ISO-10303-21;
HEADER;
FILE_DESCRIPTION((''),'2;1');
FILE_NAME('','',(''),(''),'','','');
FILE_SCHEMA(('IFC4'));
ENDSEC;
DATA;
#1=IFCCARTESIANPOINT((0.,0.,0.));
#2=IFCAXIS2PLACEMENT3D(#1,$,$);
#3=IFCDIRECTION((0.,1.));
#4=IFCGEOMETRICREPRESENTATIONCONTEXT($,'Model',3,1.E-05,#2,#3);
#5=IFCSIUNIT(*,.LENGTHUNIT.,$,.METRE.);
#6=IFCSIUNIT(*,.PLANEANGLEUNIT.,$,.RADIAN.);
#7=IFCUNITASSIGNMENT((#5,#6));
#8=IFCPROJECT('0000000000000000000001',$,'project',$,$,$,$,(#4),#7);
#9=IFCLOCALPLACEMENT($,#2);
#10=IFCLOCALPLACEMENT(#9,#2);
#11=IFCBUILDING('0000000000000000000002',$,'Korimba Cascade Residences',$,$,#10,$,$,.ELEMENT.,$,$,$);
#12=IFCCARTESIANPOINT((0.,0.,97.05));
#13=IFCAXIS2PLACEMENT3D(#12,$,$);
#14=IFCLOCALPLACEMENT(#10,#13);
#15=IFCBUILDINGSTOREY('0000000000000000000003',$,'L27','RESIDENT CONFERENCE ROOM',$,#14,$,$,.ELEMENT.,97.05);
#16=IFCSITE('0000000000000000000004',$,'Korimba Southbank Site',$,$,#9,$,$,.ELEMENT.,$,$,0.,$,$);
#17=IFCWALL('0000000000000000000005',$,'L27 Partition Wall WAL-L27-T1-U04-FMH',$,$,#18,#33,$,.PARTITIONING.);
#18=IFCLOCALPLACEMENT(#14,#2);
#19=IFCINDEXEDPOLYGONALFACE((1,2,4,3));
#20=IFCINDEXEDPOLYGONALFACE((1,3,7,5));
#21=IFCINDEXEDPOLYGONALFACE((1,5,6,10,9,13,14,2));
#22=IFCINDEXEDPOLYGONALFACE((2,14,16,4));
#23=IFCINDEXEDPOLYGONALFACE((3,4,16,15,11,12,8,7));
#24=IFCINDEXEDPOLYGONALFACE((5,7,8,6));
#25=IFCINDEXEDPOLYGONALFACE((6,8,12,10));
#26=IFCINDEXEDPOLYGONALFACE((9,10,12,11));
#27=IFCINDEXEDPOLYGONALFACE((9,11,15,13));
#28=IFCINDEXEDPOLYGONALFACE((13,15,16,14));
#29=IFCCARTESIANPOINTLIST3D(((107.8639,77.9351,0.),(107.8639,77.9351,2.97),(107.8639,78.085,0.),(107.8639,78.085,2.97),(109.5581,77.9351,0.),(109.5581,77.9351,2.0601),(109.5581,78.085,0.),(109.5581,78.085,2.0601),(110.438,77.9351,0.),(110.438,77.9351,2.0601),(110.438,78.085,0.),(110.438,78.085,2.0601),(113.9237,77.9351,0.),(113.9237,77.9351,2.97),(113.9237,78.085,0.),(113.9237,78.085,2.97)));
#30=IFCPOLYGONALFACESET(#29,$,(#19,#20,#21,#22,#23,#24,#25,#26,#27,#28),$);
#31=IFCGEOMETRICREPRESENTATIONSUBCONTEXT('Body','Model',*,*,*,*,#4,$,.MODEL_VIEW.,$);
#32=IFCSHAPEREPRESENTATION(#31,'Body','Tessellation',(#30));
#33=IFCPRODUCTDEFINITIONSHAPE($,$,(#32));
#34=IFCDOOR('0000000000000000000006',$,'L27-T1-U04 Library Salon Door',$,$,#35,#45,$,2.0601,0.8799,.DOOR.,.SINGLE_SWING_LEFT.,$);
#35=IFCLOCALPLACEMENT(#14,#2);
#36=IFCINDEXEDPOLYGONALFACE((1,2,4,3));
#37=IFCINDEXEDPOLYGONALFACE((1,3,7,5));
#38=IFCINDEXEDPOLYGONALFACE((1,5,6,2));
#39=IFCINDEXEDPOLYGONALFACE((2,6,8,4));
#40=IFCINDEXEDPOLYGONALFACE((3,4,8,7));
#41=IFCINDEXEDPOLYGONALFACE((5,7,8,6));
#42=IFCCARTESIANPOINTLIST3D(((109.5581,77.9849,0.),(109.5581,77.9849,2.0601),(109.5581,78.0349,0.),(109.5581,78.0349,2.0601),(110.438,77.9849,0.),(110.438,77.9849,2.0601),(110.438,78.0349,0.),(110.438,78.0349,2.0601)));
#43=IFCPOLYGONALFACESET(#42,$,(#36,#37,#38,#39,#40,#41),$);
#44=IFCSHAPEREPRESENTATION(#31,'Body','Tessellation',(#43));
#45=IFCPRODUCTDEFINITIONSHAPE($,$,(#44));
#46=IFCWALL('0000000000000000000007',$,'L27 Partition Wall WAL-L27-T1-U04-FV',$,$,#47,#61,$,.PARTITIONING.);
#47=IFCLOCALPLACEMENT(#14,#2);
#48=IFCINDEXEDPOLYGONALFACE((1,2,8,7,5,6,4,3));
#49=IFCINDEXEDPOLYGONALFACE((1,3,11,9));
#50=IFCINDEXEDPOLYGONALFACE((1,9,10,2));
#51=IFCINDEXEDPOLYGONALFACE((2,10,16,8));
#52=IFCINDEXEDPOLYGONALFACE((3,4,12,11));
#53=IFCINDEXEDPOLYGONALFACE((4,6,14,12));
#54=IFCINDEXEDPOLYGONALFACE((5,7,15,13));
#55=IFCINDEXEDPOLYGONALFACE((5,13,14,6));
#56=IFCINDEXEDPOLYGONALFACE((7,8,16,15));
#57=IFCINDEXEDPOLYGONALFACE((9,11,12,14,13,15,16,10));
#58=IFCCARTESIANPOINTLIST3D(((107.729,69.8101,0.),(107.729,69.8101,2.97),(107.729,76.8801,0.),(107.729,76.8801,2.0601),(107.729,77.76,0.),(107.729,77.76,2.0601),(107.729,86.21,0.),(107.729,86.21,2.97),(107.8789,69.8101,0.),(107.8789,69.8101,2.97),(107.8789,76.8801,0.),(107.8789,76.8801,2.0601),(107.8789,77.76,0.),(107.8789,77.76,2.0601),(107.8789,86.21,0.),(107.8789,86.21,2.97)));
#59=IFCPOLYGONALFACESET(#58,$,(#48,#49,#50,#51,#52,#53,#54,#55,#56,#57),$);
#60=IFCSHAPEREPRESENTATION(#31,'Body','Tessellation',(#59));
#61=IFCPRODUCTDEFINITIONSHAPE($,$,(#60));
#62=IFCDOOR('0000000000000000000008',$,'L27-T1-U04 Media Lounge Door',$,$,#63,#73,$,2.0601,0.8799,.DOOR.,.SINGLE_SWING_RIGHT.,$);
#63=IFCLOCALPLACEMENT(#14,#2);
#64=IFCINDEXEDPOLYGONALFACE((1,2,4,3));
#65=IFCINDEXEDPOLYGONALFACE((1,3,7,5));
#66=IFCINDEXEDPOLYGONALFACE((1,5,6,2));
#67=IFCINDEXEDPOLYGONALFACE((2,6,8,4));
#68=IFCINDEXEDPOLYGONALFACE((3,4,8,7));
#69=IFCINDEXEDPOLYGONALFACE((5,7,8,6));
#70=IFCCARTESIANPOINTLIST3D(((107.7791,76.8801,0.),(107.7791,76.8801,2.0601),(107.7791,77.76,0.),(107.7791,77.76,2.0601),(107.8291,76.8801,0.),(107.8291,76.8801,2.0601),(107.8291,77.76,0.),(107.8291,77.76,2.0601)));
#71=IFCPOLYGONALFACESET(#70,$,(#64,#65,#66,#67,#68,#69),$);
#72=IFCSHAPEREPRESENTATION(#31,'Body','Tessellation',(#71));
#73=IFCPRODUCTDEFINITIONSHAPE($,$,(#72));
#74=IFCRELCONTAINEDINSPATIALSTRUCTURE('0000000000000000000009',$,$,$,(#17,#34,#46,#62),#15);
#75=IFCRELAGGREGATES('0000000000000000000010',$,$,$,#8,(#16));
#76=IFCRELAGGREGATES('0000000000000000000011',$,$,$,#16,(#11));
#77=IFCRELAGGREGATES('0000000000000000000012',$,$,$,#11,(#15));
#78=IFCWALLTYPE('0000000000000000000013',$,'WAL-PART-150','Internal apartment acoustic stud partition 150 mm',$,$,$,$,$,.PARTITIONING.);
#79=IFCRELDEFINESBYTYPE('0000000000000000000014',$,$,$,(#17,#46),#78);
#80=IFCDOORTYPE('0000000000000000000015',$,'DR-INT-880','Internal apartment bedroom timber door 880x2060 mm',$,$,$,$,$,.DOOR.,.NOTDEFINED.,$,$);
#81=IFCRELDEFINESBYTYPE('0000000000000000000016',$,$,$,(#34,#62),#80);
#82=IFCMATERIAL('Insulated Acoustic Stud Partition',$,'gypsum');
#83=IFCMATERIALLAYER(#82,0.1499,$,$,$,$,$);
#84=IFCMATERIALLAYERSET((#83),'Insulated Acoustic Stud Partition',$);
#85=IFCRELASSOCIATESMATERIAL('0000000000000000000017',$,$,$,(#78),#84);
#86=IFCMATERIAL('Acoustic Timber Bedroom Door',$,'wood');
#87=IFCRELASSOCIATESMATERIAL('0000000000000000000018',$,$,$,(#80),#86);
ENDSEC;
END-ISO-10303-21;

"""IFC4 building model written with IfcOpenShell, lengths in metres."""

from ifc_helpers import new_model, si_unit, direction, frame, frame_2d, origin, place, context, subcontext, project, spatial, rectangle, extrude, material, layer, layer_set, type_object, element, fill, save


model = new_model("IFC4")

# Units and contexts
model_context = context("Model", 3, precision=1e-05, world=origin(), true_north=direction((0.0, 1.0)))
body_context = subcontext(model_context, "Body", "Model", "MODEL_VIEW")
ifc_project = project(units=[si_unit("LENGTHUNIT", "METRE"), si_unit("PLANEANGLEUNIT", "RADIAN")], contexts=[model_context])

# Site, building, storey
site_placement = place(None, origin())
site = spatial("IfcSite", under=ifc_project, at=site_placement, Name="Korimba Southbank Site", CompositionType="ELEMENT", RefElevation=0.0)
building_placement = place(site_placement, origin())
building = spatial("IfcBuilding", under=site, at=building_placement, Name="Korimba Cascade Residences", CompositionType="ELEMENT")
storey_placement = place(building_placement, frame((0.0, 0.0, 97.05)))
storey = spatial("IfcBuildingStorey", under=building, at=storey_placement, Name="L27", Description="RESIDENT CONFERENCE ROOM", CompositionType="ELEMENT", Elevation=97.05)

# Walls, openings, doors
ifc_material_1 = material(Name="Insulated Acoustic Stud Partition", Category="gypsum")
ifc_layer_1 = layer(ifc_material_1, 0.1499)
ifc_layer_set_1 = layer_set([ifc_layer_1], Name="Insulated Acoustic Stud Partition")
wall_type_1 = type_object("IfcWallType", Name="WAL-PART-150", Description="Internal apartment acoustic stud partition 150 mm", PredefinedType="PARTITIONING", material=ifc_layer_set_1)
ifc_material_2 = material(Name="Acoustic Timber Bedroom Door", Category="wood")
door_type = type_object("IfcDoorType", Name="DR-INT-880", Description="Internal apartment bedroom timber door 880x2060 mm", OperationType="NOTDEFINED", PredefinedType="DOOR", material=ifc_material_2)
wall_1_placement = place(storey_placement, frame((107.864, 78.01, 0.0), z_axis=(0.0, 0.0, 1.0), x_axis=(1.0, 0.0, 0.0)))
wall_1 = element("IfcWall", 1, at=wall_1_placement, inside=storey, type_object=wall_type_1, Name="L27 Partition Wall WAL-L27-T1-U04-FMH", PredefinedType="PARTITIONING", context=body_context, shape_type="SweptSolid", body=[
    extrude(rectangle(XDim=6.0598, YDim=0.1499, at=frame_2d((3.0298, 0.0))), origin(), (0.0, 0.0, 1.0), 2.97),
])
opening_1_placement = place(wall_1_placement, frame((1.6941, 0.0, 0.0)))
opening_1 = element("IfcOpeningElement", 2, at=opening_1_placement, cuts=wall_1, PredefinedType="OPENING", context=body_context, shape_type="SweptSolid", body=[
    extrude(rectangle(XDim=0.8799, YDim=2.0601, at=frame_2d((0.4399, 1.03))), frame((0.0, 0.085, 0.0), z_axis=(0.0, -1.0, 0.0), x_axis=(1.0, 0.0, 0.0)), (0.0, 0.0, 1.0), 0.1699),
])
door_1_placement = place(opening_1_placement, origin())
door_1 = element("IfcDoor", 3, at=door_1_placement, inside=storey, type_object=door_type, Name="L27-T1-U04 Library Salon Door", OperationType="SINGLE_SWING_LEFT", OverallHeight=2.0601, OverallWidth=0.8799, PredefinedType="DOOR", context=body_context, shape_type="SweptSolid", body=[
    extrude(rectangle(XDim=0.8799, YDim=2.0601, at=frame_2d((0.4399, 1.03))), frame((0.0, 0.0249, 0.0), z_axis=(0.0, -1.0, 0.0), x_axis=(1.0, 0.0, 0.0)), (0.0, 0.0, 1.0), 0.05),
])
fill(opening_1, door_1)
wall_2_placement = place(storey_placement, frame((107.804, 69.8101, 0.0), z_axis=(0.0, 0.0, 1.0), x_axis=(0.0, 1.0, 0.0)))
wall_2 = element("IfcWall", 4, at=wall_2_placement, inside=storey, type_object=wall_type_1, Name="L27 Partition Wall WAL-L27-T1-U04-FV", PredefinedType="PARTITIONING", context=body_context, shape_type="SweptSolid", body=[
    extrude(rectangle(XDim=16.3999, YDim=0.1499, at=frame_2d((8.2, 0.0))), origin(), (0.0, 0.0, 1.0), 2.97),
])
opening_2_placement = place(wall_2_placement, frame((7.0701, 0.0, 0.0)))
opening_2 = element("IfcOpeningElement", 5, at=opening_2_placement, cuts=wall_2, PredefinedType="OPENING", context=body_context, shape_type="SweptSolid", body=[
    extrude(rectangle(XDim=0.8799, YDim=2.0601, at=frame_2d((0.4399, 1.03))), frame((0.0, 0.085, 0.0), z_axis=(0.0, -1.0, 0.0), x_axis=(1.0, 0.0, 0.0)), (0.0, 0.0, 1.0), 0.1699),
])
door_2_placement = place(opening_2_placement, origin())
door_2 = element("IfcDoor", 6, at=door_2_placement, inside=storey, type_object=door_type, Name="L27-T1-U04 Media Lounge Door", OperationType="SINGLE_SWING_RIGHT", OverallHeight=2.0601, OverallWidth=0.8799, PredefinedType="DOOR", context=body_context, shape_type="SweptSolid", body=[
    extrude(rectangle(XDim=0.8799, YDim=2.0601, at=frame_2d((0.4399, 1.03))), frame((0.0, 0.0249, 0.0), z_axis=(0.0, -1.0, 0.0), x_axis=(1.0, 0.0, 0.0)), (0.0, 0.0, 1.0), 0.05),
])
fill(opening_2, door_2)

save(model, "model.ifc")
